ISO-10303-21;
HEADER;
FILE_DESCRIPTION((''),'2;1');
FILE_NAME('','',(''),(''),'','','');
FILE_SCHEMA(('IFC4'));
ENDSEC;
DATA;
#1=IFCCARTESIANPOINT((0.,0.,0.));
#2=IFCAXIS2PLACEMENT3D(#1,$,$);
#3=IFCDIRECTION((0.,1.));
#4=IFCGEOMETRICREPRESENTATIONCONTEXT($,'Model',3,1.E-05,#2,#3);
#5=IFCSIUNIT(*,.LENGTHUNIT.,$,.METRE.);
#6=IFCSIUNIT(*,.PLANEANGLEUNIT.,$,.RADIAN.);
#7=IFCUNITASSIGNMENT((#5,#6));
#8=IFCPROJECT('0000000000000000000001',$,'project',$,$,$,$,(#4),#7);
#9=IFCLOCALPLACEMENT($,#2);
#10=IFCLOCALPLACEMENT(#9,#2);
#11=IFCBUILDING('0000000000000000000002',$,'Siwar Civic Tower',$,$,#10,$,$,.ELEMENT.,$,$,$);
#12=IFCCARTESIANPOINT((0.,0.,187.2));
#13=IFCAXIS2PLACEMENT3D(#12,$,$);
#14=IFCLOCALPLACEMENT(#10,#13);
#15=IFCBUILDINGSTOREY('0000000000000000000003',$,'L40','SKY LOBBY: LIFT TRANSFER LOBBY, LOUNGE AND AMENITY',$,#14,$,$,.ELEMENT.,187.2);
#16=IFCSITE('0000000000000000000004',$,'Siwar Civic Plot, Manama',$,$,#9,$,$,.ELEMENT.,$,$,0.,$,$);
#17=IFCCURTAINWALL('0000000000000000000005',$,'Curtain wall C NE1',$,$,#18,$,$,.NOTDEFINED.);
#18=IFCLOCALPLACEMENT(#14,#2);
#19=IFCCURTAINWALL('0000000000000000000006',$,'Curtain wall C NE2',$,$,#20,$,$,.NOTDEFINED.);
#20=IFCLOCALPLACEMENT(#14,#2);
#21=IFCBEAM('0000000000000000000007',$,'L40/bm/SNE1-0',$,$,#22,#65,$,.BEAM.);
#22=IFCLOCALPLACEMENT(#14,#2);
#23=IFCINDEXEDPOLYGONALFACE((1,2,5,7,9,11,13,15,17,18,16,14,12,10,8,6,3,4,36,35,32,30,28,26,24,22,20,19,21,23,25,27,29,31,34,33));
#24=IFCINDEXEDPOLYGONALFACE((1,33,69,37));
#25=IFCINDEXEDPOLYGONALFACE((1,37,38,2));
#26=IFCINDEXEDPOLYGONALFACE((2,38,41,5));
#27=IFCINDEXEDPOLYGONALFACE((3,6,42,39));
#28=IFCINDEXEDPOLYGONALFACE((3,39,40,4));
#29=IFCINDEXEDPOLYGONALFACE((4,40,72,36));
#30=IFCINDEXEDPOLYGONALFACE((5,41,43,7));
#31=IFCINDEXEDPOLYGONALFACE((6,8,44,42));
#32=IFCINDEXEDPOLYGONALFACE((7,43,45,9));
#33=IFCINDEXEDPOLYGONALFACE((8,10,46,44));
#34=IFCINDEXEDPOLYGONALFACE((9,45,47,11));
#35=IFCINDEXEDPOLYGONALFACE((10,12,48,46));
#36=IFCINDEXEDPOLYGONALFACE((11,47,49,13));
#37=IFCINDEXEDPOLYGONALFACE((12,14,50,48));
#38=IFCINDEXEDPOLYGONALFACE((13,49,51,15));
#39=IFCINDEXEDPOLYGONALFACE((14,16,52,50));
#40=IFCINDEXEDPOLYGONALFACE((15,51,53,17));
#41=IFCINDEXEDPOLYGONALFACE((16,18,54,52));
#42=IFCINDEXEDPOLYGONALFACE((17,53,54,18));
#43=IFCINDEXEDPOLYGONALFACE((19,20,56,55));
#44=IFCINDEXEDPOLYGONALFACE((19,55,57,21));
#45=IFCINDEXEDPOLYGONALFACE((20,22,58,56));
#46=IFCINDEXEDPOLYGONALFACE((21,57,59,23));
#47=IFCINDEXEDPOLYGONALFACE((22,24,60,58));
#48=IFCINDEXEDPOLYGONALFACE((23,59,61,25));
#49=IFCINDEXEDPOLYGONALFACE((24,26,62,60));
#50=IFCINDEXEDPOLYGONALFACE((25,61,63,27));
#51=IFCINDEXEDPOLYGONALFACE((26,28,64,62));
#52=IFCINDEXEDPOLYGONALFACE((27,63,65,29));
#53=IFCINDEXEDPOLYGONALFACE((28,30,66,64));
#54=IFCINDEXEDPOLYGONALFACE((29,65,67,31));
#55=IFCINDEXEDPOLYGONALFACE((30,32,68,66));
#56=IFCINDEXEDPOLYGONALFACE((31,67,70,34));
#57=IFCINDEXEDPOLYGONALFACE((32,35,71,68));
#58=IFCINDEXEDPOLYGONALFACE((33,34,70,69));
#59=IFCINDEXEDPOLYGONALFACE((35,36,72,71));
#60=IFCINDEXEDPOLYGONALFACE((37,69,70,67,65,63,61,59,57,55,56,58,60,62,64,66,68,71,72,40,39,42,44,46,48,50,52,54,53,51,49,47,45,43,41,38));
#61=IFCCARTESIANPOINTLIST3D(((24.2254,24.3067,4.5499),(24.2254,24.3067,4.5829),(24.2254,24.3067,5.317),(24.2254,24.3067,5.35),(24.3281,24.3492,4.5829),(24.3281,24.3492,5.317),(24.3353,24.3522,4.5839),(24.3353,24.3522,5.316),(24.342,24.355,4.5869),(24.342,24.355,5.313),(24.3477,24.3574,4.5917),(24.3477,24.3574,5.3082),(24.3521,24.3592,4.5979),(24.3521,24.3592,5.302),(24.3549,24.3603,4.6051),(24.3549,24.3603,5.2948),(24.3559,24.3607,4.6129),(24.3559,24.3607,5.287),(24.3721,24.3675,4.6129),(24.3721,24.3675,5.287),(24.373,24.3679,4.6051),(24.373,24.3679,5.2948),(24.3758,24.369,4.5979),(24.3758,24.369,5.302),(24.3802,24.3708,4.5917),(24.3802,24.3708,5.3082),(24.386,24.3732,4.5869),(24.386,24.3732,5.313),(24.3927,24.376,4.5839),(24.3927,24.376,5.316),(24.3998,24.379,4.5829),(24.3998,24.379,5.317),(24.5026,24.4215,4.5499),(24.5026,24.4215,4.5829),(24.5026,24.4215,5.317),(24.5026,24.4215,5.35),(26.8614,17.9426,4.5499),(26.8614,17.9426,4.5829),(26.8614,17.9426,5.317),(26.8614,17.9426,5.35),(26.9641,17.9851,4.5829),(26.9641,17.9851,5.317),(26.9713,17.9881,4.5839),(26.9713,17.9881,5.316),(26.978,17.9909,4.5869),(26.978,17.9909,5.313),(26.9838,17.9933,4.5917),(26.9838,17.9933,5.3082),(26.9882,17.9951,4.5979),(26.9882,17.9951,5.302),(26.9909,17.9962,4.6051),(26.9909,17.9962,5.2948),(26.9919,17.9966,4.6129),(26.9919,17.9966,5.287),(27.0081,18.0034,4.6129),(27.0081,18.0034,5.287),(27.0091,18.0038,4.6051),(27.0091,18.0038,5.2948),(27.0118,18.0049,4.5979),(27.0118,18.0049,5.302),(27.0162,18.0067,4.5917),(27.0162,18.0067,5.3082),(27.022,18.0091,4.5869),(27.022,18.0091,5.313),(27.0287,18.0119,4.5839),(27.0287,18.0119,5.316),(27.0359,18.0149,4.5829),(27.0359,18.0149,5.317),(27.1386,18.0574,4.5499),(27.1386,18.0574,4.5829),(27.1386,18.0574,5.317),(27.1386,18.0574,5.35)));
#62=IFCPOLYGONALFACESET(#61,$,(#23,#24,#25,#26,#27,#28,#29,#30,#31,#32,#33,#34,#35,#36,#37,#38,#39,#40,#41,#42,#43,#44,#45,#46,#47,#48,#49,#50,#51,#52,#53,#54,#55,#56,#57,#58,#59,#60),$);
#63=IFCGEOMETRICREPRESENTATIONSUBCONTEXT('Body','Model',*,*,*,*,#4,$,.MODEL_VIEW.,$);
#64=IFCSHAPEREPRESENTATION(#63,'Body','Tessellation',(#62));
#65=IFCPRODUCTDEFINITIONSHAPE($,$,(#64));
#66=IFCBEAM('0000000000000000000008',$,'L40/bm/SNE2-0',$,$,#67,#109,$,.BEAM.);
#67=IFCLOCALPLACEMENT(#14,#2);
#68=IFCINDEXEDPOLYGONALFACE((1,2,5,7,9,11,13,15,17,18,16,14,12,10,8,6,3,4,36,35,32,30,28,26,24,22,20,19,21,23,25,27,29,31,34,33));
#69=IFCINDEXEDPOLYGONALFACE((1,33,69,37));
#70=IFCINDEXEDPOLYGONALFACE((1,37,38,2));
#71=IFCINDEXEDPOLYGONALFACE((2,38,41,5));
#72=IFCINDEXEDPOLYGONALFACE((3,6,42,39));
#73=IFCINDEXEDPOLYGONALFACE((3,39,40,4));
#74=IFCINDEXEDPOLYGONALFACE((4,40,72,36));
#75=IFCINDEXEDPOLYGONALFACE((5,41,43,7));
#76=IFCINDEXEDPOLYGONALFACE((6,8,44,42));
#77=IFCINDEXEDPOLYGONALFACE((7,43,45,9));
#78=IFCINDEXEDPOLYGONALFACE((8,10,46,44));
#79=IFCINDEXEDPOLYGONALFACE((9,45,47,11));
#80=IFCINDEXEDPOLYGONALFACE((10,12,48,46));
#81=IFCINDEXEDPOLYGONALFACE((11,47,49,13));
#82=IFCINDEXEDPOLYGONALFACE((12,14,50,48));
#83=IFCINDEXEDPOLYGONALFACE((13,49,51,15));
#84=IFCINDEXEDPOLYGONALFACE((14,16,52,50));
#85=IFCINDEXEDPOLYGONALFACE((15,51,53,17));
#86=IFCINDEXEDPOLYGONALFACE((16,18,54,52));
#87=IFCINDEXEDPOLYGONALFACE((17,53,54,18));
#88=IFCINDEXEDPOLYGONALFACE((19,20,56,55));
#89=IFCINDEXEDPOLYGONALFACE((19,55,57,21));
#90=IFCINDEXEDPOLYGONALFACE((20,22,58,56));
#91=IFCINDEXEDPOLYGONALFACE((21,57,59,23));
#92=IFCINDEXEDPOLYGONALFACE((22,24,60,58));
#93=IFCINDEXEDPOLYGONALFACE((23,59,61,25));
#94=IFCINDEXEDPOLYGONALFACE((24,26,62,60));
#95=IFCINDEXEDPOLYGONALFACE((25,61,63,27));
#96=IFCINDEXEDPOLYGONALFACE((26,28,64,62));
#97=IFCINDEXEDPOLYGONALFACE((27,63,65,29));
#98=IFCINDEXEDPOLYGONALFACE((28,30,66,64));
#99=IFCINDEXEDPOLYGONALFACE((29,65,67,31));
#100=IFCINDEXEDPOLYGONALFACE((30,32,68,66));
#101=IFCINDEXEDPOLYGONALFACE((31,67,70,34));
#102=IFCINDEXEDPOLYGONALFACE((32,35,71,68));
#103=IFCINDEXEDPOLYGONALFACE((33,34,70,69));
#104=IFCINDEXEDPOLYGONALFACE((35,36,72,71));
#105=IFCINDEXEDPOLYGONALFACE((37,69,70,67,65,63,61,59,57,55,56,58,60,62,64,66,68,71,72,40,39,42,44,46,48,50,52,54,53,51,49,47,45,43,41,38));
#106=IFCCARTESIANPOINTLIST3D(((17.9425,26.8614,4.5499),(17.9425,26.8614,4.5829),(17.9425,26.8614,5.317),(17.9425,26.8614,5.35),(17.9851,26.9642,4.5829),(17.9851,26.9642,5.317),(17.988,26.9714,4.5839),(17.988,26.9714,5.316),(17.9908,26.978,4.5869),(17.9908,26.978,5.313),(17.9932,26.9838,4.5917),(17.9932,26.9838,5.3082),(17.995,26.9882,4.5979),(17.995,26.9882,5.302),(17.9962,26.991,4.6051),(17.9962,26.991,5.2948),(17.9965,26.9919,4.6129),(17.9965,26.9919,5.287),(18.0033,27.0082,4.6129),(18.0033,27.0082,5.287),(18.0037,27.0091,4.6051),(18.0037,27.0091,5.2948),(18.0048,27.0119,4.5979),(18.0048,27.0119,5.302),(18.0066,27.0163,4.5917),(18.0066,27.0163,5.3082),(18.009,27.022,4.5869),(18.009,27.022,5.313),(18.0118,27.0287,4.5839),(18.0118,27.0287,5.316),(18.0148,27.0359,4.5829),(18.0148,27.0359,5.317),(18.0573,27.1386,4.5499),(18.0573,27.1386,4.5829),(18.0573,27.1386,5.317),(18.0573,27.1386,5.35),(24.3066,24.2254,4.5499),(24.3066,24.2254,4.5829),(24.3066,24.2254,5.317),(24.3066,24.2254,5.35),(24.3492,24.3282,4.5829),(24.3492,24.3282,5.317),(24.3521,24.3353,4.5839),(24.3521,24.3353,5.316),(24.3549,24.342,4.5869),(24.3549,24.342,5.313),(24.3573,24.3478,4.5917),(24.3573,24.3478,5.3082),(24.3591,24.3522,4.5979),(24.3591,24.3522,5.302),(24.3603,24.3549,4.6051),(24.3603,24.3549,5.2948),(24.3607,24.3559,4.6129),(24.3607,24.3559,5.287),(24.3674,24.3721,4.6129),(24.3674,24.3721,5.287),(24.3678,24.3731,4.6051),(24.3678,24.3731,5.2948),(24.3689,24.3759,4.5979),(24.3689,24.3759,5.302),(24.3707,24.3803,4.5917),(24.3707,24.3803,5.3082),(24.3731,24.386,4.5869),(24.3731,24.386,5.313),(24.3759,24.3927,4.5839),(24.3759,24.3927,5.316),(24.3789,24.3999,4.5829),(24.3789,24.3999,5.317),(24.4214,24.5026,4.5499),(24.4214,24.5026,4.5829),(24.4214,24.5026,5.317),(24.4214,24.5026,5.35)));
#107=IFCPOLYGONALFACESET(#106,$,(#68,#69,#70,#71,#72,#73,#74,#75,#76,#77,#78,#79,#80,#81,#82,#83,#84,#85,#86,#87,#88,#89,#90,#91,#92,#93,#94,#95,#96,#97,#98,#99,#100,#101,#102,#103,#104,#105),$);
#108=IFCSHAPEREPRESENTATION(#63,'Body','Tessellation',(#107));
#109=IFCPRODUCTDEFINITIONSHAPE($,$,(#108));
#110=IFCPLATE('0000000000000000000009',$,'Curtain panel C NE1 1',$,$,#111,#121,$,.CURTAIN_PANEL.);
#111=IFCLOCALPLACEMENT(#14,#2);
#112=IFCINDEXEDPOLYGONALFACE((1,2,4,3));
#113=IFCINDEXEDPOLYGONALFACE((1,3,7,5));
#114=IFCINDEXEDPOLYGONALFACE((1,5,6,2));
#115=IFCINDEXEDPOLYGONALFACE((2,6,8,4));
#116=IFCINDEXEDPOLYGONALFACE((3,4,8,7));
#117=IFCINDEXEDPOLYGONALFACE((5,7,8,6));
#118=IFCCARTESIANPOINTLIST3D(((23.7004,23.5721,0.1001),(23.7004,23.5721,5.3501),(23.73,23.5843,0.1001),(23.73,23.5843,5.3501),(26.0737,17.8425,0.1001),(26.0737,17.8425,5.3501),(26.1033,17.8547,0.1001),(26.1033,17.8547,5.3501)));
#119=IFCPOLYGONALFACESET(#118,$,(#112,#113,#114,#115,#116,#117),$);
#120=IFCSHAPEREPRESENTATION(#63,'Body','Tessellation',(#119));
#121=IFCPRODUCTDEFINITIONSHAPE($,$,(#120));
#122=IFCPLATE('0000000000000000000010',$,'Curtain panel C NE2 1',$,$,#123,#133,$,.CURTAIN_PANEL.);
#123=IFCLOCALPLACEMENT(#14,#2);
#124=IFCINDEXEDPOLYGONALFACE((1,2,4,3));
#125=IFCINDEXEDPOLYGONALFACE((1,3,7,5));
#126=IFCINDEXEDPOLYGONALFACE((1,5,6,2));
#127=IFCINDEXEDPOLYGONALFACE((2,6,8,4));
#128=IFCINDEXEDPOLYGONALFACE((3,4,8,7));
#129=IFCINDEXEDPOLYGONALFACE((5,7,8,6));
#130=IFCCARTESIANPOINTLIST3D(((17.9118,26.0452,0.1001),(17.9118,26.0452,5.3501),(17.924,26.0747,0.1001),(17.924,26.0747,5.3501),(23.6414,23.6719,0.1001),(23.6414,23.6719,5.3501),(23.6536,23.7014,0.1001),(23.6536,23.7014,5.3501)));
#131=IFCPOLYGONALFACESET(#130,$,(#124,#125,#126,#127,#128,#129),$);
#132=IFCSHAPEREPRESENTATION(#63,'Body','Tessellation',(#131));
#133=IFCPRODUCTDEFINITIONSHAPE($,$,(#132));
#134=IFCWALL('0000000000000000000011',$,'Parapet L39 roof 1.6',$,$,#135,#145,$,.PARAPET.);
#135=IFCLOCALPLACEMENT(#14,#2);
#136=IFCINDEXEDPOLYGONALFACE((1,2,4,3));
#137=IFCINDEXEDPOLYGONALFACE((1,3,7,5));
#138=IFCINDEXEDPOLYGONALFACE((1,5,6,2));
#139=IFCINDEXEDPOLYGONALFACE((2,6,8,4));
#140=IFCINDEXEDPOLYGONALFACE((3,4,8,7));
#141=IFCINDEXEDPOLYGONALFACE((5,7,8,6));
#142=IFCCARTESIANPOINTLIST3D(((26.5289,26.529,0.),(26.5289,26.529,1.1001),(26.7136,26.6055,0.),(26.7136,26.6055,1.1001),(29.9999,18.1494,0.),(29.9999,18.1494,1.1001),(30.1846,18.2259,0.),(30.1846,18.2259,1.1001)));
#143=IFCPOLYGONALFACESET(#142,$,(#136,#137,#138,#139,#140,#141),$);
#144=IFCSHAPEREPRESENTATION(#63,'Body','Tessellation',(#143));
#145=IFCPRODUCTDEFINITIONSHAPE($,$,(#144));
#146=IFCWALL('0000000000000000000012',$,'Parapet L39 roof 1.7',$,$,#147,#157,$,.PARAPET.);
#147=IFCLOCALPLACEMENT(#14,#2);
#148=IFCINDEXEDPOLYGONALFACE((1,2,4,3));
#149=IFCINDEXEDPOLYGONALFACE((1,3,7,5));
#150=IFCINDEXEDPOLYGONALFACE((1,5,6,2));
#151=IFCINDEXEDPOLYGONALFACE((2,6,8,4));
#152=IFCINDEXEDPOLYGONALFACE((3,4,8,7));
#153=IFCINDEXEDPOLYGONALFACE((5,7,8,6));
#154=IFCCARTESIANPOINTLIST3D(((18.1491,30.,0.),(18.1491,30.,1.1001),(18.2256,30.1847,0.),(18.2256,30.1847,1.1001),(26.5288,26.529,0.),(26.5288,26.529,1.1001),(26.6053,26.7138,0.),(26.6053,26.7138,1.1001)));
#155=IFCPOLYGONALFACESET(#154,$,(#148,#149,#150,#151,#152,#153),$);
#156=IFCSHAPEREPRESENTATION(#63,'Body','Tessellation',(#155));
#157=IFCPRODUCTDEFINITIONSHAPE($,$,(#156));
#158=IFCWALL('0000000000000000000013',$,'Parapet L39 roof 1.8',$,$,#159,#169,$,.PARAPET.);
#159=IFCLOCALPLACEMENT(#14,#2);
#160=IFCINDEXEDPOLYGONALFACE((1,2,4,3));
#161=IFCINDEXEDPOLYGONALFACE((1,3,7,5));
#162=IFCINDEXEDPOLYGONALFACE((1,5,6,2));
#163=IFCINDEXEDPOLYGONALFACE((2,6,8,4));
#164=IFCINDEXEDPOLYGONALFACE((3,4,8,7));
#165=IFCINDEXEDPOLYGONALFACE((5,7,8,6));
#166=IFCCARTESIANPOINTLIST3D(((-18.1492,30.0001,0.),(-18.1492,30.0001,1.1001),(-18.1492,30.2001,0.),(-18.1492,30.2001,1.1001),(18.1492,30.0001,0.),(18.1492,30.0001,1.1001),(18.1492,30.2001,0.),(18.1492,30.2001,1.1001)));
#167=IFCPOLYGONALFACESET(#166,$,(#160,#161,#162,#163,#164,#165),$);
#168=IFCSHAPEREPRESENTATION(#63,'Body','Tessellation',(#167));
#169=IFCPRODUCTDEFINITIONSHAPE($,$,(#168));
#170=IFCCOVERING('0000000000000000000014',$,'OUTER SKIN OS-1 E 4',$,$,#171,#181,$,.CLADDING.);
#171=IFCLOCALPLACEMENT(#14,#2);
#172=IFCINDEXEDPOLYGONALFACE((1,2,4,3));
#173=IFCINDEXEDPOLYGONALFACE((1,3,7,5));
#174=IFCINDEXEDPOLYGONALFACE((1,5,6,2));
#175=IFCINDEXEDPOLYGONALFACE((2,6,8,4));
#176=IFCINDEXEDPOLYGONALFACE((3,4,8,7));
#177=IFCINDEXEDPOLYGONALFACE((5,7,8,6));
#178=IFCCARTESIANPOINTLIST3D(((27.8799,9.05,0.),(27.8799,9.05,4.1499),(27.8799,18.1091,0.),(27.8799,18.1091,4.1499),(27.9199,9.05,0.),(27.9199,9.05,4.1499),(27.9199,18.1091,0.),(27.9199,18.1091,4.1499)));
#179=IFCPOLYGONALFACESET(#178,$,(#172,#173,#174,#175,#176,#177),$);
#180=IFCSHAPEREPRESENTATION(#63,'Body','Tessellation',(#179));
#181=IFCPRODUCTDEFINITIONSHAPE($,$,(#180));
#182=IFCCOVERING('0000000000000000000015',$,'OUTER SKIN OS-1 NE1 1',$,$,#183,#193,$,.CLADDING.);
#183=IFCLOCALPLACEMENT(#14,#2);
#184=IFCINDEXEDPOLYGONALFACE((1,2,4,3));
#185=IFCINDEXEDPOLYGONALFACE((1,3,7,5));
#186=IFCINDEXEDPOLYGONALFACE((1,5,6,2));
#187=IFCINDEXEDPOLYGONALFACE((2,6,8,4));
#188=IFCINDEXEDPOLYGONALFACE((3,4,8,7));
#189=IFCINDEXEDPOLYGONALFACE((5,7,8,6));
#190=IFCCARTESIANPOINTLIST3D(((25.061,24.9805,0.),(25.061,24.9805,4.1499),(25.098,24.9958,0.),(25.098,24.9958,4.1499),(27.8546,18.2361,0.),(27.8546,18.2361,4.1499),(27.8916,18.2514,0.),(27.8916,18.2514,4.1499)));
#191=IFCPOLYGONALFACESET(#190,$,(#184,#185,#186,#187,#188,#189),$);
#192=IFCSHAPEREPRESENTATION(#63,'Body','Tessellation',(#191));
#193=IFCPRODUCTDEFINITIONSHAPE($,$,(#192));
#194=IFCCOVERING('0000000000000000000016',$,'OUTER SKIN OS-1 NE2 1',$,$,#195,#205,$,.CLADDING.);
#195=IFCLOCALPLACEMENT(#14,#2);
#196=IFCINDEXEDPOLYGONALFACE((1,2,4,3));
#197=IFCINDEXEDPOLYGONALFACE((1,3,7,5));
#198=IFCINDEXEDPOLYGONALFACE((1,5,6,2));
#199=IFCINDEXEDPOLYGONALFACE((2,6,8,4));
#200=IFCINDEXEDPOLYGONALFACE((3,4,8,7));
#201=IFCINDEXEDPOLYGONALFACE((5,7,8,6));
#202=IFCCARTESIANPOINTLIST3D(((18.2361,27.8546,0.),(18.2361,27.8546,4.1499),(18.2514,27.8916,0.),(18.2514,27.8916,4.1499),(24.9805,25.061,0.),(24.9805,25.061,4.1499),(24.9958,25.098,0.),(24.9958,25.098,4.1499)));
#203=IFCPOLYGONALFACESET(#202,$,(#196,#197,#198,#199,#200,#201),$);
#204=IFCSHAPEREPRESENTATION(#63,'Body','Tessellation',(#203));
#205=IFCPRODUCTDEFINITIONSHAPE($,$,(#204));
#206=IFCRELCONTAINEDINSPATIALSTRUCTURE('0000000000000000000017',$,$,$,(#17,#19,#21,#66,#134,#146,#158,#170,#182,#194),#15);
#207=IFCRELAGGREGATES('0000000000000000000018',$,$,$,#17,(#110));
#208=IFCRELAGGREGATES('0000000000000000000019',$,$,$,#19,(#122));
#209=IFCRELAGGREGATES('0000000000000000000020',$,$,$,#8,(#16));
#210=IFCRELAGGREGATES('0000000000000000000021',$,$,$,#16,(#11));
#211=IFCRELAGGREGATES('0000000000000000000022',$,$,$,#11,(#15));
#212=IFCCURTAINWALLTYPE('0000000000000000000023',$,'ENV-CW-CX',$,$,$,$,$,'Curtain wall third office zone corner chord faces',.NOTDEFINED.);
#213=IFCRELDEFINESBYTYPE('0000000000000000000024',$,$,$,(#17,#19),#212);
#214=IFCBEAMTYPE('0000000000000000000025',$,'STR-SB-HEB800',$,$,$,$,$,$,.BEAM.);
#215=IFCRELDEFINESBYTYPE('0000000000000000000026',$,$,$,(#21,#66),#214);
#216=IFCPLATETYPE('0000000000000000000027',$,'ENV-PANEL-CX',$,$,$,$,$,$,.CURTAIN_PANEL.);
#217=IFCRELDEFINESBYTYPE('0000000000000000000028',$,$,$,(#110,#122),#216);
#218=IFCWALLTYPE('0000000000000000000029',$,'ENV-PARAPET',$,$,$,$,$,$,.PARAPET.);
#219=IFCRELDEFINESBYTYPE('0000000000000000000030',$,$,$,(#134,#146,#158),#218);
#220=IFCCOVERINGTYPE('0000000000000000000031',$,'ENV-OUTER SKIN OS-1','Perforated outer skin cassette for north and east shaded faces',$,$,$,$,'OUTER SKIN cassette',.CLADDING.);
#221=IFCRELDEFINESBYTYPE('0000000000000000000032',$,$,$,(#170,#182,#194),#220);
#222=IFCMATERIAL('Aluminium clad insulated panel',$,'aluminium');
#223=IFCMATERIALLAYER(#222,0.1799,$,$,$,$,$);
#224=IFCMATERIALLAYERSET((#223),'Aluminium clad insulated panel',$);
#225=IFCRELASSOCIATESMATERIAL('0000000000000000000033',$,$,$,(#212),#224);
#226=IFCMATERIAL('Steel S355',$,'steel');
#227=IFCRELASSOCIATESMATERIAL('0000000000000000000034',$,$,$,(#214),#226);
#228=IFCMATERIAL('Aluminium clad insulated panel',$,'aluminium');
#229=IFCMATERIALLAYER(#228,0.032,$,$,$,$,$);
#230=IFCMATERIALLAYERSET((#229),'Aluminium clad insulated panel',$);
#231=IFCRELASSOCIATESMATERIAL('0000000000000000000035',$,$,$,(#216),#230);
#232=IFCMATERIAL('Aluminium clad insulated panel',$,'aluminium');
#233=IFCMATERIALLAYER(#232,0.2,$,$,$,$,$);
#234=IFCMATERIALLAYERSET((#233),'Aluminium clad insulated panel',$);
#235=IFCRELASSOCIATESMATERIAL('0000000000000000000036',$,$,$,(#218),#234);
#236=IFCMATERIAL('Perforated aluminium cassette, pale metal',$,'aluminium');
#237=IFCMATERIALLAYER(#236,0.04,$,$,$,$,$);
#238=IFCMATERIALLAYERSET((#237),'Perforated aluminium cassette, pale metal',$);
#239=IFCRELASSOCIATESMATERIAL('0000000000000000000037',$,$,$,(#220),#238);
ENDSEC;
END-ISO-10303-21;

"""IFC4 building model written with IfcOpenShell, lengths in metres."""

from ifc_helpers import new_model, si_unit, direction, frame, frame_2d, origin, origin_2d, place, context, subcontext, project, spatial, rectangle, i_section, extrude, material, layer, layer_set, material_profile, profile_set, type_object, element, aggregate, save


model = new_model("IFC4")

# Units and contexts
model_context = context("Model", 3, precision=1e-05, world=origin(), true_north=direction((0.0, 1.0)))
body_context = subcontext(model_context, "Body", "Model", "MODEL_VIEW")
ifc_project = project(units=[si_unit("LENGTHUNIT", "METRE"), si_unit("PLANEANGLEUNIT", "RADIAN")], contexts=[model_context])

# Site, building, storey
site_placement = place(None, origin())
site = spatial("IfcSite", under=ifc_project, at=site_placement, Name="Siwar Civic Plot, Manama", CompositionType="ELEMENT", RefElevation=0.0)
building_placement = place(site_placement, origin())
building = spatial("IfcBuilding", under=site, at=building_placement, Name="Siwar Civic Tower", CompositionType="ELEMENT")
storey_placement = place(building_placement, frame((0.0, 0.0, 187.2)))
storey = spatial("IfcBuildingStorey", under=building, at=storey_placement, Name="L40", Description="SKY LOBBY: LIFT TRANSFER LOBBY, LOUNGE AND AMENITY", CompositionType="ELEMENT", Elevation=187.2)

# Curtain walls
ifc_material_1 = material(Name="Aluminium clad insulated panel", Category="aluminium")
ifc_layer_1 = layer(ifc_material_1, 0.1799)
ifc_layer_set_1 = layer_set([ifc_layer_1], Name="Aluminium clad insulated panel")
curtain_wall_type = type_object("IfcCurtainWallType", Name="ENV-CW-CX", ElementType="Curtain wall third office zone corner chord faces", PredefinedType="NOTDEFINED", material=ifc_layer_set_1)
curtain_wall_1_placement = place(storey_placement, origin())
curtain_wall_1 = element("IfcCurtainWall", 1, at=curtain_wall_1_placement, inside=storey, type_object=curtain_wall_type, Name="Curtain wall C NE1", PredefinedType="NOTDEFINED")
curtain_wall_2_placement = place(storey_placement, origin())
curtain_wall_2 = element("IfcCurtainWall", 2, at=curtain_wall_2_placement, inside=storey, type_object=curtain_wall_type, Name="Curtain wall C NE2", PredefinedType="NOTDEFINED")

# Beams
ifc_material_2 = material(Name="Steel S355", Category="steel")
ifc_material_profile_1 = material_profile(ifc_material_2, i_section(OverallWidth=0.3, OverallDepth=0.8, WebThickness=0.0176, FlangeThickness=0.033, FilletRadius=0.03, at=origin_2d()), Name="HEB800")
ifc_profile_set_1 = profile_set([ifc_material_profile_1], Name="Steel S355")
beam_type_1 = type_object("IfcBeamType", Name="STR-SB-HEB800", PredefinedType="BEAM", material=ifc_profile_set_1)
for number, where, z_axis, x_axis, name in (
    (3, (27.0, 18.0, 4.95), (-0.382674, 0.923883, 0.0), (-0.923883, -0.382674, 0.0), "L40/bm/SNE1-0"),
    (4, (24.364, 24.364, 4.95), (-0.923883, 0.382674, 0.0), (-0.382674, -0.923883, 0.0), "L40/bm/SNE2-0"),
):
    element("IfcBeam", number, at=place(storey_placement, frame(where, z_axis=z_axis, x_axis=x_axis)), inside=storey, type_object=beam_type_1, Name=name, PredefinedType="BEAM", context=body_context, shape_type="SweptSolid", body=[
        extrude(i_section(OverallWidth=0.3, OverallDepth=0.8, WebThickness=0.0176, FlangeThickness=0.033, FilletRadius=0.03, at=origin_2d()), origin(), (0.0, 0.0, 1.0), 6.8884),
    ])

# Plates
ifc_material_3 = material(Name="Aluminium clad insulated panel", Category="aluminium")
ifc_layer_2 = layer(ifc_material_3, 0.032)
ifc_layer_set_2 = layer_set([ifc_layer_2], Name="Aluminium clad insulated panel")
plate_type = type_object("IfcPlateType", Name="ENV-PANEL-CX", PredefinedType="CURTAIN_PANEL", material=ifc_layer_set_2)
plate_1_placement = place(storey_placement, frame((24.9019, 20.7134, 0.1001), z_axis=(0.0, 0.0, 1.0), x_axis=(-0.382683, 0.92388, 0.0)))
plate_1 = element("IfcPlate", 5, at=plate_1_placement, type_object=plate_type, Name="Curtain panel C NE1 1", PredefinedType="CURTAIN_PANEL", context=body_context, shape_type="SweptSolid", body=[
    extrude(rectangle(XDim=6.2017, YDim=0.032, at=origin_2d()), origin(), (0.0, 0.0, 1.0), 5.25),
])
aggregate(curtain_wall_1, [plate_1])
plate_2_placement = place(storey_placement, frame((20.7827, 24.8733, 0.1001), z_axis=(0.0, 0.0, 1.0), x_axis=(-0.92388, 0.382683, 0.0)))
plate_2 = element("IfcPlate", 6, at=plate_2_placement, type_object=plate_type, Name="Curtain panel C NE2 1", PredefinedType="CURTAIN_PANEL", context=body_context, shape_type="SweptSolid", body=[
    extrude(rectangle(XDim=6.2017, YDim=0.032, at=origin_2d()), origin(), (0.0, 0.0, 1.0), 5.25),
])
aggregate(curtain_wall_2, [plate_2])

# Walls
ifc_material_4 = material(Name="Aluminium clad insulated panel", Category="aluminium")
ifc_layer_3 = layer(ifc_material_4, 0.2)
ifc_layer_set_3 = layer_set([ifc_layer_3], Name="Aluminium clad insulated panel")
wall_type = type_object("IfcWallType", Name="ENV-PARAPET", PredefinedType="PARAPET", material=ifc_layer_set_3)
for number, where, z_axis, x_axis, name in (
    (7, (30.0923, 18.1875, 0.0), (0.0, 0.0, 1.0), (-0.382682, 0.92388, 0.0), "Parapet L39 roof 1.6"),
    (8, (26.5671, 26.6213, 0.0), (0.0, 0.0, 1.0), (-0.92388, 0.382682, 0.0), "Parapet L39 roof 1.7"),
):
    element("IfcWall", number, at=place(storey_placement, frame(where, z_axis=z_axis, x_axis=x_axis)), inside=storey, type_object=wall_type, Name=name, PredefinedType="PARAPET", context=body_context, shape_type="SweptSolid", body=[
        extrude(rectangle(XDim=9.0701, YDim=0.2, at=frame_2d((4.5352, 0.0))), origin(), (0.0, 0.0, 1.0), 1.1001),
    ])
wall_placement = place(storey_placement, frame((18.1492, 30.1001, 0.0), z_axis=(0.0, 0.0, 1.0), x_axis=(-1.0, 0.0, 0.0)))
element("IfcWall", 9, at=wall_placement, inside=storey, type_object=wall_type, Name="Parapet L39 roof 1.8", PredefinedType="PARAPET", context=body_context, shape_type="SweptSolid", body=[
    extrude(rectangle(XDim=36.2983, YDim=0.2, at=frame_2d((18.1492, 0.0))), origin(), (0.0, 0.0, 1.0), 1.1001),
])

# Coverings
ifc_material_5 = material(Name="Perforated aluminium cassette, pale metal", Category="aluminium")
ifc_layer_4 = layer(ifc_material_5, 0.04)
ifc_layer_set_4 = layer_set([ifc_layer_4], Name="Perforated aluminium cassette, pale metal")
covering_type = type_object("IfcCoveringType", Name="ENV-OUTER SKIN OS-1", Description="Perforated outer skin cassette for north and east shaded faces", ElementType="OUTER SKIN cassette", PredefinedType="CLADDING", material=ifc_layer_set_4)
covering_placement = place(storey_placement, frame((27.8999, 13.5796, 0.0), z_axis=(0.0, 0.0, 1.0), x_axis=(0.0, 1.0, 0.0)))
element("IfcCovering", 10, at=covering_placement, inside=storey, type_object=covering_type, Name="OUTER SKIN OS-1 E 4", PredefinedType="CLADDING", context=body_context, shape_type="SweptSolid", body=[
    extrude(rectangle(XDim=9.0591, YDim=0.04, at=origin_2d()), origin(), (0.0, 0.0, 1.0), 4.1499),
])
for number, where, z_axis, x_axis, name in (
    (11, (26.4763, 21.616, 0.0), (0.0, 0.0, 1.0), (-0.382683, 0.92388, 0.0), "OUTER SKIN OS-1 NE1 1"),
    (12, (21.616, 26.4763, 0.0), (0.0, 0.0, 1.0), (-0.92388, 0.382683, 0.0), "OUTER SKIN OS-1 NE2 1"),
):
    element("IfcCovering", number, at=place(storey_placement, frame(where, z_axis=z_axis, x_axis=x_axis)), inside=storey, type_object=covering_type, Name=name, PredefinedType="CLADDING", context=body_context, shape_type="SweptSolid", body=[
        extrude(rectangle(XDim=7.3, YDim=0.04, at=origin_2d()), origin(), (0.0, 0.0, 1.0), 4.1499),
    ])

save(model, "model.ifc")
